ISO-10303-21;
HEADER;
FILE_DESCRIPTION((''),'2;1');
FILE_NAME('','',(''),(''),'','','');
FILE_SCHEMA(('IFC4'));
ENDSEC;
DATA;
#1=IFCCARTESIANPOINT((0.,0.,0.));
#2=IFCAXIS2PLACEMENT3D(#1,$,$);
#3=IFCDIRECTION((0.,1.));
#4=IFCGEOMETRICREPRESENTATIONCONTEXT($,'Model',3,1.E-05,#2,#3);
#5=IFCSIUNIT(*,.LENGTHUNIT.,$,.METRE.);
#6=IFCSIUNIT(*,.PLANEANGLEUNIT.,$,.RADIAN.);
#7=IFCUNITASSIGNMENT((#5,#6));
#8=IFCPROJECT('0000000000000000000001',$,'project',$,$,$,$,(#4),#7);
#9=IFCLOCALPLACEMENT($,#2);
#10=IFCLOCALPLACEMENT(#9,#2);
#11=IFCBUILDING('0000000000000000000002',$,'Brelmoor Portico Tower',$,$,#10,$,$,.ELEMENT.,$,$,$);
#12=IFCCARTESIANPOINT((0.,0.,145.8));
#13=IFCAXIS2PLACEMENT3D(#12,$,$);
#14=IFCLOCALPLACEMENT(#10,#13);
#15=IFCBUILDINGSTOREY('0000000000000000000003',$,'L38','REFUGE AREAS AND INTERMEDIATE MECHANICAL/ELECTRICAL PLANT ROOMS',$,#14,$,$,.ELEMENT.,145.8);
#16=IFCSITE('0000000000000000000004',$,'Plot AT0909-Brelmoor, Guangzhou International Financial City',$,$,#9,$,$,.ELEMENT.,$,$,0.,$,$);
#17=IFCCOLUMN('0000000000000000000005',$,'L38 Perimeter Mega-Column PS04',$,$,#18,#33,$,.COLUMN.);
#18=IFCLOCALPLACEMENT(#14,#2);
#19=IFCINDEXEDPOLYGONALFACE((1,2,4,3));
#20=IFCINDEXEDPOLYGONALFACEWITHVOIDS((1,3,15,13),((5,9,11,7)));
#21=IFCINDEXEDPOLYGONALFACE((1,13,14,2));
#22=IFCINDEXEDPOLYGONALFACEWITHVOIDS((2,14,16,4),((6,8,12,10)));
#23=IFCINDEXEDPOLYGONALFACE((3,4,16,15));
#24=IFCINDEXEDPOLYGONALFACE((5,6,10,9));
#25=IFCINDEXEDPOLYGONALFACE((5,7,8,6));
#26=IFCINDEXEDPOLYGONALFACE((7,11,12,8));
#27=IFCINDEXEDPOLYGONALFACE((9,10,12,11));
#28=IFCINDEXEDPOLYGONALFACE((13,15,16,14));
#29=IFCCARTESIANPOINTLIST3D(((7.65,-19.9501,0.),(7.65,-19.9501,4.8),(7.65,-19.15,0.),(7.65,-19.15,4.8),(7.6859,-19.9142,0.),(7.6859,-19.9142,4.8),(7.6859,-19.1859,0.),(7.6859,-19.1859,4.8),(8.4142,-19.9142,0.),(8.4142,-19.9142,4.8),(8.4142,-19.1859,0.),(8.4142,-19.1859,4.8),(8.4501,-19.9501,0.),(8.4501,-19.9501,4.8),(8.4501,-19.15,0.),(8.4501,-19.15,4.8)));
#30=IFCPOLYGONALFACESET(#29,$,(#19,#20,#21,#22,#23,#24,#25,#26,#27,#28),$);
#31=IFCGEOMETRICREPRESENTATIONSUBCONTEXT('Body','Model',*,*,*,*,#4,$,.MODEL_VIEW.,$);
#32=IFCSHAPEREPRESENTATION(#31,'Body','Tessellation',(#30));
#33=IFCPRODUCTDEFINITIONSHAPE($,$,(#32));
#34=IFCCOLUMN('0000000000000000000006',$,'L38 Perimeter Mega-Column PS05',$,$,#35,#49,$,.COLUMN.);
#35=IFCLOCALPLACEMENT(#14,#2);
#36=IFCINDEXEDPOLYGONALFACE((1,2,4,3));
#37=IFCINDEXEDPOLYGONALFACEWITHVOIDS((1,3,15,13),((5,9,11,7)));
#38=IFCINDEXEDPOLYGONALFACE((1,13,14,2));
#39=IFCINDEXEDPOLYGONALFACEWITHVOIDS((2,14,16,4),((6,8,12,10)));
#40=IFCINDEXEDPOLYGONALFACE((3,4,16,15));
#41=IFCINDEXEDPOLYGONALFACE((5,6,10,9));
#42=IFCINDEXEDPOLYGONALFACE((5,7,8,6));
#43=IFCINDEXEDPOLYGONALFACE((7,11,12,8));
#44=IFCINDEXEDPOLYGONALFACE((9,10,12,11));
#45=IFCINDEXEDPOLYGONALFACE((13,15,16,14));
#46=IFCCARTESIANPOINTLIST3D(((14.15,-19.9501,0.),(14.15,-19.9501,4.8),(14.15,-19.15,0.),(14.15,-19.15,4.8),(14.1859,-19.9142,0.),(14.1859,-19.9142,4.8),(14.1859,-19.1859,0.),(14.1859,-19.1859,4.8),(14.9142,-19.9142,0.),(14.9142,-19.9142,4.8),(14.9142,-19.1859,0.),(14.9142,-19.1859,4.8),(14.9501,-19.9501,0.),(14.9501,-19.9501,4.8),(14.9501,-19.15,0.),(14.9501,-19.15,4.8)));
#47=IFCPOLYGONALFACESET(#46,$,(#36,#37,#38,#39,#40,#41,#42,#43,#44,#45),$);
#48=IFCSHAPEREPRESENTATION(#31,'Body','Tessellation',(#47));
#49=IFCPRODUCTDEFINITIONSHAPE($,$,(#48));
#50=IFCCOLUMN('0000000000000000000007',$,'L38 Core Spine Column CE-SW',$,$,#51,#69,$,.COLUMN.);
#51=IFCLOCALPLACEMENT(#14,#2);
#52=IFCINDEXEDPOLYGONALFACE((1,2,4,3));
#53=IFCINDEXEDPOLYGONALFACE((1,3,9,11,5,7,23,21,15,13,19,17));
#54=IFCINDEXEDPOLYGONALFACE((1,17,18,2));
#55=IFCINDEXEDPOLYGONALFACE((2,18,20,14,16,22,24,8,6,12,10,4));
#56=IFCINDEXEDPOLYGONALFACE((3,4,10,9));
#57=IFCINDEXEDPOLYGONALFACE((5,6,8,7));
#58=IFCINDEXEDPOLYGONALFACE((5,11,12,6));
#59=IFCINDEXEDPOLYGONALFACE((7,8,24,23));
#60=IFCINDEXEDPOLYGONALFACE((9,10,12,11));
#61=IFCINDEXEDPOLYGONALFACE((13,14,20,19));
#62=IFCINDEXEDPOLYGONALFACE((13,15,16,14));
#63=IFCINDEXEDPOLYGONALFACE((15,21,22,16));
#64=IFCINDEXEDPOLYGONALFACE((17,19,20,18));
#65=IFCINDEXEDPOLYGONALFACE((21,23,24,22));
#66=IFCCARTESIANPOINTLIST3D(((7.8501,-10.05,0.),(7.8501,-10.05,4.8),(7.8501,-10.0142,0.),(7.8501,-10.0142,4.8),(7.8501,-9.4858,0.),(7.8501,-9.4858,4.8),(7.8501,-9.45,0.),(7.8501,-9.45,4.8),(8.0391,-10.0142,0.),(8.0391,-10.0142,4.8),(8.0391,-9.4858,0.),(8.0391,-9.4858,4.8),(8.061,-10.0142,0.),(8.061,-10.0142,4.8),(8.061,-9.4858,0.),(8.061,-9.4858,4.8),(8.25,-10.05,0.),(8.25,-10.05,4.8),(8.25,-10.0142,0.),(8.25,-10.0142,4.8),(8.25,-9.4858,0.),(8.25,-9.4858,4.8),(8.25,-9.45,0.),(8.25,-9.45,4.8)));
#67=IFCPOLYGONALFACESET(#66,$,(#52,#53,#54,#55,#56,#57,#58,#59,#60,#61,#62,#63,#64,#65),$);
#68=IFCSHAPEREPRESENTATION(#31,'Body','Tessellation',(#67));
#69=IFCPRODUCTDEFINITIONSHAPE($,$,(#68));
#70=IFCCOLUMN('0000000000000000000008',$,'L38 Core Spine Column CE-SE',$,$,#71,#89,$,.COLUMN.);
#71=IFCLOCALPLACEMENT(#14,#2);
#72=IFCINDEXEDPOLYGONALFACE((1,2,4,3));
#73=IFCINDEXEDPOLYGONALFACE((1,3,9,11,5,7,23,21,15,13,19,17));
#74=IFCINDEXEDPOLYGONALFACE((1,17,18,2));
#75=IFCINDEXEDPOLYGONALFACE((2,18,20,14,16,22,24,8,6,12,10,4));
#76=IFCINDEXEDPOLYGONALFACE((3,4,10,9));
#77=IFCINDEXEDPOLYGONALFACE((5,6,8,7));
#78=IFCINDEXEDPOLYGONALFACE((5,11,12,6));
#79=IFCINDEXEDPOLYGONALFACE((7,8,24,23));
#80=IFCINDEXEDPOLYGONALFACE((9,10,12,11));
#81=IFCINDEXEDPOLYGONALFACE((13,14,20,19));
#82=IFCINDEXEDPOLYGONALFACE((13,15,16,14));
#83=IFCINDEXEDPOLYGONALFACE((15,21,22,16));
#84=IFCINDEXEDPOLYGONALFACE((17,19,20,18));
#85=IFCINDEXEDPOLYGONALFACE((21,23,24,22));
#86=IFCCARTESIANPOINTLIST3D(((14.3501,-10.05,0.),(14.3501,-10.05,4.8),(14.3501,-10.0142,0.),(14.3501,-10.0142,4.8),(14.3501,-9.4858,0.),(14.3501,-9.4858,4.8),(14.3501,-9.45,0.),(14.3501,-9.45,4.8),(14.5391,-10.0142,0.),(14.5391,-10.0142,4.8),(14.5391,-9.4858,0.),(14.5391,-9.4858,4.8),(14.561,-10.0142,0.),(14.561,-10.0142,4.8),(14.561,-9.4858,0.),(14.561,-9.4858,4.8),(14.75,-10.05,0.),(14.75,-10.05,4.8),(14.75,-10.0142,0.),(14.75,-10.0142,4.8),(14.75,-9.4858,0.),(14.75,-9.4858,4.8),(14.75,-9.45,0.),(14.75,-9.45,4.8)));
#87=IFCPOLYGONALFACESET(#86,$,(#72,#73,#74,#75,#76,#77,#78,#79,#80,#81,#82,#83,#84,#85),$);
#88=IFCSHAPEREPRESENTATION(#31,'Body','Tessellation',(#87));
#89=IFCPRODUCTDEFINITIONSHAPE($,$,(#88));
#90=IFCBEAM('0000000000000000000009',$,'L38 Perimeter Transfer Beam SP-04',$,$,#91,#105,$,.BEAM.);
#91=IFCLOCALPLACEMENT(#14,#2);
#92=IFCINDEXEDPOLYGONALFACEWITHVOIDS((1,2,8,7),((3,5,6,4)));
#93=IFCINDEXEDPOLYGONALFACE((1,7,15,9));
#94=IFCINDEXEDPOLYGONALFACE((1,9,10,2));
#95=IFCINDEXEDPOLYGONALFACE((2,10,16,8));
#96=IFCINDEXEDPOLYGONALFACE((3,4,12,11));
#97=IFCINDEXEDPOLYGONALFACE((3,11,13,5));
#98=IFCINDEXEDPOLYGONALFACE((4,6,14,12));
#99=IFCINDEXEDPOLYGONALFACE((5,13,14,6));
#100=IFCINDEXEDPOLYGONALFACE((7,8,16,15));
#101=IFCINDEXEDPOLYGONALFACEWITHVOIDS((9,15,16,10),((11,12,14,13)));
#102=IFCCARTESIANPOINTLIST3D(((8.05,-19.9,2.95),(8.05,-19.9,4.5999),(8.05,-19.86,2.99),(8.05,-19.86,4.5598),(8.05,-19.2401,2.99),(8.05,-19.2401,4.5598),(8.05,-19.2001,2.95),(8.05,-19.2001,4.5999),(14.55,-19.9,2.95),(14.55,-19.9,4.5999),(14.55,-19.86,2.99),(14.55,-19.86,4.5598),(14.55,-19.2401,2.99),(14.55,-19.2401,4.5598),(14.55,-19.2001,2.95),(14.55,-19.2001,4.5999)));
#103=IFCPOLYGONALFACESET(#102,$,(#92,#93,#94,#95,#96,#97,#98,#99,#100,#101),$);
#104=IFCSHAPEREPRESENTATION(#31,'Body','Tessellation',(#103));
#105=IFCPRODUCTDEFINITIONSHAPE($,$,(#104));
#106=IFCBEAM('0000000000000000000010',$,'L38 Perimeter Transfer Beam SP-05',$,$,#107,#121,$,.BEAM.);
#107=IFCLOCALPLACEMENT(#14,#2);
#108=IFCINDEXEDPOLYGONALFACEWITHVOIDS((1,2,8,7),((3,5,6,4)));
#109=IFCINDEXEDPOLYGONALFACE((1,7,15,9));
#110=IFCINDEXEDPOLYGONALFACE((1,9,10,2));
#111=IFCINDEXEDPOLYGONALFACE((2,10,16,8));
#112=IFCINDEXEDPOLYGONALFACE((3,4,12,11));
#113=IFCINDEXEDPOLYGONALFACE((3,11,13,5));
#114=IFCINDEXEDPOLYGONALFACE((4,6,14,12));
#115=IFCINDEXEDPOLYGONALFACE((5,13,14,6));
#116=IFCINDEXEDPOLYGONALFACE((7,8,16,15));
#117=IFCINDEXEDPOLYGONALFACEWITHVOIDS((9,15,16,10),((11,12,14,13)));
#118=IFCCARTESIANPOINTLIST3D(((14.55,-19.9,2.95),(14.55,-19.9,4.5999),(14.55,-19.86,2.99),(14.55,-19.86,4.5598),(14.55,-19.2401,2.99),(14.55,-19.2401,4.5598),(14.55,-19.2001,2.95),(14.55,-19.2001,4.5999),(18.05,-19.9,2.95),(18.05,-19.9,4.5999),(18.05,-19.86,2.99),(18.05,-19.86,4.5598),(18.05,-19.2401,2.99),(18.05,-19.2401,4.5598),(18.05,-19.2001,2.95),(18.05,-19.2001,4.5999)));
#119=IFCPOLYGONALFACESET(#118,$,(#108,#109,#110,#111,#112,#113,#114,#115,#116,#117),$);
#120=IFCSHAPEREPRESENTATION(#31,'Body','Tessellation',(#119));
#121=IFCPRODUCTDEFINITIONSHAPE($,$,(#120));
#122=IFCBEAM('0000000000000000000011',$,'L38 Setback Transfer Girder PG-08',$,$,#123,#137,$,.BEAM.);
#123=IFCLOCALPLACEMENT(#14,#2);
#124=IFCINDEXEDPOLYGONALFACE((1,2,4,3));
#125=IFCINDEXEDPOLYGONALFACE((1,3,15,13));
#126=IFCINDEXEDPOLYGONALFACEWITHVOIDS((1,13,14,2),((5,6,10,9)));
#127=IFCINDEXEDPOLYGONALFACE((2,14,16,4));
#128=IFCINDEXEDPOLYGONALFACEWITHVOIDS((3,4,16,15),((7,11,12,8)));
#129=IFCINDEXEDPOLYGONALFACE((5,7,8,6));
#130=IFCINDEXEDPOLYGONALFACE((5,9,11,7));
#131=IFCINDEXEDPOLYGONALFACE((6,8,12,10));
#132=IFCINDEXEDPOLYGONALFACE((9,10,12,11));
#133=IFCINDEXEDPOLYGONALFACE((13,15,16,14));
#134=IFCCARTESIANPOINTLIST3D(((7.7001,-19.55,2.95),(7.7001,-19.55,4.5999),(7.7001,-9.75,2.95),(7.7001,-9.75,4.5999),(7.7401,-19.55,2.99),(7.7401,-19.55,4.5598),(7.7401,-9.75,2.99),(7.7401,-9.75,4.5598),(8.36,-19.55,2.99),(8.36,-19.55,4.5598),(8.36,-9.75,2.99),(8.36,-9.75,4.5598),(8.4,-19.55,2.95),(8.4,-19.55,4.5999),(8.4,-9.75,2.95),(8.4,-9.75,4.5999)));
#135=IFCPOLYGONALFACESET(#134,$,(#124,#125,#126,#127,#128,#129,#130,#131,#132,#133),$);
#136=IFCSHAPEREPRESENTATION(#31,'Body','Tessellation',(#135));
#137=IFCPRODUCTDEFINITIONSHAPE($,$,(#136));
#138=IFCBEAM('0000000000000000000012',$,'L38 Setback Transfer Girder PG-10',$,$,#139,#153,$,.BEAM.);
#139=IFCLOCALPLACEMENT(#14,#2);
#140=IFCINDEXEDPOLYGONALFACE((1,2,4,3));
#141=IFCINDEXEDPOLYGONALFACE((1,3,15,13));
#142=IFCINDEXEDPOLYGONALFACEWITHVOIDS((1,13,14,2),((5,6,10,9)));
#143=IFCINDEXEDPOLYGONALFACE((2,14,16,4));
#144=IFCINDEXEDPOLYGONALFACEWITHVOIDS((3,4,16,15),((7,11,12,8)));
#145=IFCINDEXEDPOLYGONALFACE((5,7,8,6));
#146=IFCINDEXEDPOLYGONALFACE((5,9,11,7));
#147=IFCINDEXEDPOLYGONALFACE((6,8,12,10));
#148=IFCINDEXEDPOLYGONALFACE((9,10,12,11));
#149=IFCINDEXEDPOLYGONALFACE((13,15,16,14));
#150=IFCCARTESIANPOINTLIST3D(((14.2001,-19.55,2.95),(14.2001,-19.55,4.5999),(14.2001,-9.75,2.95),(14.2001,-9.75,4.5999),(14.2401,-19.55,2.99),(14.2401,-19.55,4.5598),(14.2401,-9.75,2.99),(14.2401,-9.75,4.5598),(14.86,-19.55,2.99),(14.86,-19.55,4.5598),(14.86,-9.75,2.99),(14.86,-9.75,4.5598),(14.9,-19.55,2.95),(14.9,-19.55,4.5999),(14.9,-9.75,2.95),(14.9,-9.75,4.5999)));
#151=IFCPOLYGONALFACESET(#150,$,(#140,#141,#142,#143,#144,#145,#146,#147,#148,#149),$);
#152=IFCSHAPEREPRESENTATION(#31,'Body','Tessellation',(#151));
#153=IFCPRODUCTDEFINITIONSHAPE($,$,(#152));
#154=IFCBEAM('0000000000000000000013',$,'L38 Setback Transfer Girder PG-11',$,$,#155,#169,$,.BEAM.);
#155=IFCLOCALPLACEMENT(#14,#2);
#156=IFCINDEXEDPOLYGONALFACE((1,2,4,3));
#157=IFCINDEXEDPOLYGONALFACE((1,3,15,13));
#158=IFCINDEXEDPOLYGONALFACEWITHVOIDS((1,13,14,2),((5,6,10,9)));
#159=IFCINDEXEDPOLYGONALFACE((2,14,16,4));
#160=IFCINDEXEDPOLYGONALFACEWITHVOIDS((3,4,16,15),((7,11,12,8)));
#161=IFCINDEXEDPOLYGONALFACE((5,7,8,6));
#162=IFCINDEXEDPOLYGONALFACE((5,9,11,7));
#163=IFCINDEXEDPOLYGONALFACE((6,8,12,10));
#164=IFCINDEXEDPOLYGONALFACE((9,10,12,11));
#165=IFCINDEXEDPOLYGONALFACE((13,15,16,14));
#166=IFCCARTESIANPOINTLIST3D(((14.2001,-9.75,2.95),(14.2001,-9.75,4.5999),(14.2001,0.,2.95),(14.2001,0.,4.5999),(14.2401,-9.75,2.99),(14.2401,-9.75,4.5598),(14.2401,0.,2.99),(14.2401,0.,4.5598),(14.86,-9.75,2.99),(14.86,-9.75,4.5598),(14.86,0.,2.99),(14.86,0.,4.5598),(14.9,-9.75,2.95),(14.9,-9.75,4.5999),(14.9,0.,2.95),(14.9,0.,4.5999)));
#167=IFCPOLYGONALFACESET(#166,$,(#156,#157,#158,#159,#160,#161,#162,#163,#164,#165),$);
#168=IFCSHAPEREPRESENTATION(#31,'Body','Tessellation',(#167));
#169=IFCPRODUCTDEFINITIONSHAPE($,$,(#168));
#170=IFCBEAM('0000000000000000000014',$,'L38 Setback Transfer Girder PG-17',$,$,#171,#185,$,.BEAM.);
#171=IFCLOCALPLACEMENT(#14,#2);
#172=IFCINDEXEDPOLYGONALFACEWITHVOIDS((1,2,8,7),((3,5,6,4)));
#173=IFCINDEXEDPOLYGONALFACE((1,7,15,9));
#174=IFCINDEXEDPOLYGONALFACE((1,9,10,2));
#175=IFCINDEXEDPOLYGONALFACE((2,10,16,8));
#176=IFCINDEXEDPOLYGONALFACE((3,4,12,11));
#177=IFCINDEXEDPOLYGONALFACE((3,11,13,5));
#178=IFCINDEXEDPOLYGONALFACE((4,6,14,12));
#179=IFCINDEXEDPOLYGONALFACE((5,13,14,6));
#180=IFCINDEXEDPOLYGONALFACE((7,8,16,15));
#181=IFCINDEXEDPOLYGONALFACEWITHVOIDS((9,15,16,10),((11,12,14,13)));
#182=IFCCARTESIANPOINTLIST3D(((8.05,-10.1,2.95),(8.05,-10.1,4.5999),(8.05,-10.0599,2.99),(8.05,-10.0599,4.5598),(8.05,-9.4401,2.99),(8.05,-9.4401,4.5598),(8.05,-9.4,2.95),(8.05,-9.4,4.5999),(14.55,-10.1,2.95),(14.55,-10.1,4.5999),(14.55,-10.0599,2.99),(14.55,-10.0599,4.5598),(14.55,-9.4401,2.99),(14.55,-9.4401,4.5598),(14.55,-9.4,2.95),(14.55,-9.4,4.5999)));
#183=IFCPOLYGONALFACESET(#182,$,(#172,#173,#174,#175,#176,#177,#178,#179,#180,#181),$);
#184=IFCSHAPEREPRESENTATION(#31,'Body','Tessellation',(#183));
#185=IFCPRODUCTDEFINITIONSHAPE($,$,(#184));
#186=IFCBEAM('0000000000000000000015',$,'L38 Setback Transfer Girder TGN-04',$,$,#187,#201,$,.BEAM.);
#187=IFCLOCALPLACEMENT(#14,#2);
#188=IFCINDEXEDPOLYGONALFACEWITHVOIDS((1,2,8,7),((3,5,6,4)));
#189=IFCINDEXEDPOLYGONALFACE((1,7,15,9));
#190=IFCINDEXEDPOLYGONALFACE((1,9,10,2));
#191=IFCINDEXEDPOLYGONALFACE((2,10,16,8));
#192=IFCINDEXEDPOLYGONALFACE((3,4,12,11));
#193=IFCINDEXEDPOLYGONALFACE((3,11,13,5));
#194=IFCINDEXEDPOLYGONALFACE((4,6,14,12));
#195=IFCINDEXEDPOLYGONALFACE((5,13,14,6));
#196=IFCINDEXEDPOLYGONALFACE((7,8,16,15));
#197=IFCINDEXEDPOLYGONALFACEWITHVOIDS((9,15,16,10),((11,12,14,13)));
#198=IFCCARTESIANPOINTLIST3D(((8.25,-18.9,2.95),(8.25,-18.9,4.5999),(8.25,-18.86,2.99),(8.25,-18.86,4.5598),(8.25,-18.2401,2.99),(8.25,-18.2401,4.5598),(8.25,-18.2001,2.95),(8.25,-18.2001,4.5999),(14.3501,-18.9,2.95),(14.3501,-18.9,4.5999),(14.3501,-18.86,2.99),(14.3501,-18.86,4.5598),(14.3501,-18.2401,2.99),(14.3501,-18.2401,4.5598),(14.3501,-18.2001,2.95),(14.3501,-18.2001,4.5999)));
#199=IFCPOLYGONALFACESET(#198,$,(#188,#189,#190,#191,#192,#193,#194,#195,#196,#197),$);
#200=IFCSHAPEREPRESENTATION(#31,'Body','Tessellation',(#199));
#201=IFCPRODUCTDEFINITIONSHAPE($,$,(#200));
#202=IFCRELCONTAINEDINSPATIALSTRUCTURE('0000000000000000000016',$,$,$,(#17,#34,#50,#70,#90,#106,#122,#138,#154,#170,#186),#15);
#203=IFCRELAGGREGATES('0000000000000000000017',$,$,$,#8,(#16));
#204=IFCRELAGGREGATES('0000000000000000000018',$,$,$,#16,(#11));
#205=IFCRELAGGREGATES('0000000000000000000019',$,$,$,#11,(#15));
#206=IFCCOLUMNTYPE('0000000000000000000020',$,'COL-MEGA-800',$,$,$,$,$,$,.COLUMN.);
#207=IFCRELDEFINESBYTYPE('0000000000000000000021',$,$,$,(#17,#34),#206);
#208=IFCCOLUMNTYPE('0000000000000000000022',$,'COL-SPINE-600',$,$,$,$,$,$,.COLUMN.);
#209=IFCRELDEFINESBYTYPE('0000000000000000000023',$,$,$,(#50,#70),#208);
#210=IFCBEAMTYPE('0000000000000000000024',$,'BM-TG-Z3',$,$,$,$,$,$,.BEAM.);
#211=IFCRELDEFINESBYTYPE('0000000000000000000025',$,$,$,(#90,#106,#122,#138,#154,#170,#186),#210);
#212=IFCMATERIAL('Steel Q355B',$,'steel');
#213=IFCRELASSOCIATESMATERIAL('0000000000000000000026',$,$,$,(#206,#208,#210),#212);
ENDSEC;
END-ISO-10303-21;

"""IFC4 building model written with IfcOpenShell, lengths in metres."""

from ifc_helpers import new_model, si_unit, direction, frame, origin, origin_2d, place, context, subcontext, project, spatial, hollow_rectangle, i_section, extrude, material, material_profile, profile_set, type_object, element, save


model = new_model("IFC4")

# Units and contexts
model_context = context("Model", 3, precision=1e-05, world=origin(), true_north=direction((0.0, 1.0)))
body_context = subcontext(model_context, "Body", "Model", "MODEL_VIEW")
ifc_project = project(units=[si_unit("LENGTHUNIT", "METRE"), si_unit("PLANEANGLEUNIT", "RADIAN")], contexts=[model_context])

# Site, building, storey
site_placement = place(None, origin())
site = spatial("IfcSite", under=ifc_project, at=site_placement, Name="Plot AT0909-Brelmoor, Guangzhou International Financial City", CompositionType="ELEMENT", RefElevation=0.0)
building_placement = place(site_placement, origin())
building = spatial("IfcBuilding", under=site, at=building_placement, Name="Brelmoor Portico Tower", CompositionType="ELEMENT")
storey_placement = place(building_placement, frame((0.0, 0.0, 145.8)))
storey = spatial("IfcBuildingStorey", under=building, at=storey_placement, Name="L38", Description="REFUGE AREAS AND INTERMEDIATE MECHANICAL/ELECTRICAL PLANT ROOMS", CompositionType="ELEMENT", Elevation=145.8)

# Columns
ifc_material_1 = material(Name="Steel Q355B", Category="steel")
ifc_material_profile_1 = material_profile(ifc_material_1, hollow_rectangle(XDim=0.8, YDim=0.8, WallThickness=0.0359, at=origin_2d()), Name="BOX 800x800x36")
ifc_profile_set_1 = profile_set([ifc_material_profile_1], Name="Steel Q355B")
column_type_1 = type_object("IfcColumnType", Name="COL-MEGA-800", PredefinedType="COLUMN", material=ifc_profile_set_1)
for number, where, z_axis, x_axis, name in (
    (1, (8.05, -19.55, 0.0), (0.0, 0.0, 1.0), (1.0, 0.0, 0.0), "L38 Perimeter Mega-Column PS04"),
    (2, (14.55, -19.55, 0.0), (0.0, 0.0, 1.0), (1.0, 0.0, 0.0), "L38 Perimeter Mega-Column PS05"),
):
    element("IfcColumn", number, at=place(storey_placement, frame(where, z_axis=z_axis, x_axis=x_axis)), inside=storey, type_object=column_type_1, Name=name, PredefinedType="COLUMN", context=body_context, shape_type="SweptSolid", body=[
        extrude(hollow_rectangle(XDim=0.8, YDim=0.8, WallThickness=0.0359, at=origin_2d()), origin(), (0.0, 0.0, 1.0), 4.8),
    ])
ifc_material_profile_2 = material_profile(ifc_material_1, i_section(OverallWidth=0.3999, OverallDepth=0.6001, WebThickness=0.022, FlangeThickness=0.0359, at=origin_2d()), Name="HW 600x400x22x36")
ifc_profile_set_2 = profile_set([ifc_material_profile_2], Name="Steel Q355B")
column_type_2 = type_object("IfcColumnType", Name="COL-SPINE-600", PredefinedType="COLUMN", material=ifc_profile_set_2)
for number, where, z_axis, x_axis, name in (
    (3, (8.05, -9.75, 0.0), (0.0, 0.0, 1.0), (1.0, 0.0, 0.0), "L38 Core Spine Column CE-SW"),
    (4, (14.55, -9.75, 0.0), (0.0, 0.0, 1.0), (1.0, 0.0, 0.0), "L38 Core Spine Column CE-SE"),
):
    element("IfcColumn", number, at=place(storey_placement, frame(where, z_axis=z_axis, x_axis=x_axis)), inside=storey, type_object=column_type_2, Name=name, PredefinedType="COLUMN", context=body_context, shape_type="SweptSolid", body=[
        extrude(i_section(OverallWidth=0.3999, OverallDepth=0.6001, WebThickness=0.022, FlangeThickness=0.0359, at=origin_2d()), origin(), (0.0, 0.0, 1.0), 4.8),
    ])

# Beams
ifc_material_profile_3 = material_profile(ifc_material_1, hollow_rectangle(XDim=0.7, YDim=1.6499, WallThickness=0.04, at=origin_2d()), Name="BOX 700x1650x40")
ifc_profile_set_3 = profile_set([ifc_material_profile_3], Name="Steel Q355B")
beam_type = type_object("IfcBeamType", Name="BM-TG-Z3", PredefinedType="BEAM", material=ifc_profile_set_3)
beam_1_placement = place(storey_placement, frame((8.05, -19.55, 3.7749), z_axis=(1.0, 0.0, 0.0), x_axis=(0.0, 1.0, 0.0)))
element("IfcBeam", 5, at=beam_1_placement, inside=storey, type_object=beam_type, Name="L38 Perimeter Transfer Beam SP-04", PredefinedType="BEAM", context=body_context, shape_type="SweptSolid", body=[
    extrude(hollow_rectangle(XDim=0.7, YDim=1.6499, WallThickness=0.04, at=origin_2d()), origin(), (0.0, 0.0, 1.0), 6.5),
])
beam_2_placement = place(storey_placement, frame((14.55, -19.55, 3.7749), z_axis=(1.0, 0.0, 0.0), x_axis=(0.0, 1.0, 0.0)))
element("IfcBeam", 6, at=beam_2_placement, inside=storey, type_object=beam_type, Name="L38 Perimeter Transfer Beam SP-05", PredefinedType="BEAM", context=body_context, shape_type="SweptSolid", body=[
    extrude(hollow_rectangle(XDim=0.7, YDim=1.6499, WallThickness=0.04, at=origin_2d()), origin(), (0.0, 0.0, 1.0), 3.5),
])
for number, where, z_axis, x_axis, name in (
    (7, (8.05, -19.55, 3.7749), (0.0, 1.0, 0.0), (-1.0, 0.0, 0.0), "L38 Setback Transfer Girder PG-08"),
    (8, (14.55, -19.55, 3.7749), (0.0, 1.0, 0.0), (-1.0, 0.0, 0.0), "L38 Setback Transfer Girder PG-10"),
):
    element("IfcBeam", number, at=place(storey_placement, frame(where, z_axis=z_axis, x_axis=x_axis)), inside=storey, type_object=beam_type, Name=name, PredefinedType="BEAM", context=body_context, shape_type="SweptSolid", body=[
        extrude(hollow_rectangle(XDim=0.7, YDim=1.6499, WallThickness=0.04, at=origin_2d()), origin(), (0.0, 0.0, 1.0), 9.8),
    ])
beam_3_placement = place(storey_placement, frame((14.55, -9.75, 3.7749), z_axis=(0.0, 1.0, 0.0), x_axis=(-1.0, 0.0, 0.0)))
element("IfcBeam", 9, at=beam_3_placement, inside=storey, type_object=beam_type, Name="L38 Setback Transfer Girder PG-11", PredefinedType="BEAM", context=body_context, shape_type="SweptSolid", body=[
    extrude(hollow_rectangle(XDim=0.7, YDim=1.6499, WallThickness=0.04, at=origin_2d()), origin(), (0.0, 0.0, 1.0), 9.75),
])
beam_4_placement = place(storey_placement, frame((8.05, -9.75, 3.7749), z_axis=(1.0, 0.0, 0.0), x_axis=(0.0, 1.0, 0.0)))
element("IfcBeam", 10, at=beam_4_placement, inside=storey, type_object=beam_type, Name="L38 Setback Transfer Girder PG-17", PredefinedType="BEAM", context=body_context, shape_type="SweptSolid", body=[
    extrude(hollow_rectangle(XDim=0.7, YDim=1.6499, WallThickness=0.04, at=origin_2d()), origin(), (0.0, 0.0, 1.0), 6.5),
])
for number, where, z_axis, x_axis, name in (
    (11, (8.25, -18.55, 3.7749), (1.0, 0.0, 0.0), (0.0, 1.0, 0.0), "L38 Setback Transfer Girder TGN-04"),
):
    element("IfcBeam", number, at=place(storey_placement, frame(where, z_axis=z_axis, x_axis=x_axis)), inside=storey, type_object=beam_type, Name=name, PredefinedType="BEAM", context=body_context, shape_type="SweptSolid", body=[
        extrude(hollow_rectangle(XDim=0.7, YDim=1.6499, WallThickness=0.04, at=origin_2d()), origin(), (0.0, 0.0, 1.0), 6.1001),
    ])

save(model, "model.ifc")
